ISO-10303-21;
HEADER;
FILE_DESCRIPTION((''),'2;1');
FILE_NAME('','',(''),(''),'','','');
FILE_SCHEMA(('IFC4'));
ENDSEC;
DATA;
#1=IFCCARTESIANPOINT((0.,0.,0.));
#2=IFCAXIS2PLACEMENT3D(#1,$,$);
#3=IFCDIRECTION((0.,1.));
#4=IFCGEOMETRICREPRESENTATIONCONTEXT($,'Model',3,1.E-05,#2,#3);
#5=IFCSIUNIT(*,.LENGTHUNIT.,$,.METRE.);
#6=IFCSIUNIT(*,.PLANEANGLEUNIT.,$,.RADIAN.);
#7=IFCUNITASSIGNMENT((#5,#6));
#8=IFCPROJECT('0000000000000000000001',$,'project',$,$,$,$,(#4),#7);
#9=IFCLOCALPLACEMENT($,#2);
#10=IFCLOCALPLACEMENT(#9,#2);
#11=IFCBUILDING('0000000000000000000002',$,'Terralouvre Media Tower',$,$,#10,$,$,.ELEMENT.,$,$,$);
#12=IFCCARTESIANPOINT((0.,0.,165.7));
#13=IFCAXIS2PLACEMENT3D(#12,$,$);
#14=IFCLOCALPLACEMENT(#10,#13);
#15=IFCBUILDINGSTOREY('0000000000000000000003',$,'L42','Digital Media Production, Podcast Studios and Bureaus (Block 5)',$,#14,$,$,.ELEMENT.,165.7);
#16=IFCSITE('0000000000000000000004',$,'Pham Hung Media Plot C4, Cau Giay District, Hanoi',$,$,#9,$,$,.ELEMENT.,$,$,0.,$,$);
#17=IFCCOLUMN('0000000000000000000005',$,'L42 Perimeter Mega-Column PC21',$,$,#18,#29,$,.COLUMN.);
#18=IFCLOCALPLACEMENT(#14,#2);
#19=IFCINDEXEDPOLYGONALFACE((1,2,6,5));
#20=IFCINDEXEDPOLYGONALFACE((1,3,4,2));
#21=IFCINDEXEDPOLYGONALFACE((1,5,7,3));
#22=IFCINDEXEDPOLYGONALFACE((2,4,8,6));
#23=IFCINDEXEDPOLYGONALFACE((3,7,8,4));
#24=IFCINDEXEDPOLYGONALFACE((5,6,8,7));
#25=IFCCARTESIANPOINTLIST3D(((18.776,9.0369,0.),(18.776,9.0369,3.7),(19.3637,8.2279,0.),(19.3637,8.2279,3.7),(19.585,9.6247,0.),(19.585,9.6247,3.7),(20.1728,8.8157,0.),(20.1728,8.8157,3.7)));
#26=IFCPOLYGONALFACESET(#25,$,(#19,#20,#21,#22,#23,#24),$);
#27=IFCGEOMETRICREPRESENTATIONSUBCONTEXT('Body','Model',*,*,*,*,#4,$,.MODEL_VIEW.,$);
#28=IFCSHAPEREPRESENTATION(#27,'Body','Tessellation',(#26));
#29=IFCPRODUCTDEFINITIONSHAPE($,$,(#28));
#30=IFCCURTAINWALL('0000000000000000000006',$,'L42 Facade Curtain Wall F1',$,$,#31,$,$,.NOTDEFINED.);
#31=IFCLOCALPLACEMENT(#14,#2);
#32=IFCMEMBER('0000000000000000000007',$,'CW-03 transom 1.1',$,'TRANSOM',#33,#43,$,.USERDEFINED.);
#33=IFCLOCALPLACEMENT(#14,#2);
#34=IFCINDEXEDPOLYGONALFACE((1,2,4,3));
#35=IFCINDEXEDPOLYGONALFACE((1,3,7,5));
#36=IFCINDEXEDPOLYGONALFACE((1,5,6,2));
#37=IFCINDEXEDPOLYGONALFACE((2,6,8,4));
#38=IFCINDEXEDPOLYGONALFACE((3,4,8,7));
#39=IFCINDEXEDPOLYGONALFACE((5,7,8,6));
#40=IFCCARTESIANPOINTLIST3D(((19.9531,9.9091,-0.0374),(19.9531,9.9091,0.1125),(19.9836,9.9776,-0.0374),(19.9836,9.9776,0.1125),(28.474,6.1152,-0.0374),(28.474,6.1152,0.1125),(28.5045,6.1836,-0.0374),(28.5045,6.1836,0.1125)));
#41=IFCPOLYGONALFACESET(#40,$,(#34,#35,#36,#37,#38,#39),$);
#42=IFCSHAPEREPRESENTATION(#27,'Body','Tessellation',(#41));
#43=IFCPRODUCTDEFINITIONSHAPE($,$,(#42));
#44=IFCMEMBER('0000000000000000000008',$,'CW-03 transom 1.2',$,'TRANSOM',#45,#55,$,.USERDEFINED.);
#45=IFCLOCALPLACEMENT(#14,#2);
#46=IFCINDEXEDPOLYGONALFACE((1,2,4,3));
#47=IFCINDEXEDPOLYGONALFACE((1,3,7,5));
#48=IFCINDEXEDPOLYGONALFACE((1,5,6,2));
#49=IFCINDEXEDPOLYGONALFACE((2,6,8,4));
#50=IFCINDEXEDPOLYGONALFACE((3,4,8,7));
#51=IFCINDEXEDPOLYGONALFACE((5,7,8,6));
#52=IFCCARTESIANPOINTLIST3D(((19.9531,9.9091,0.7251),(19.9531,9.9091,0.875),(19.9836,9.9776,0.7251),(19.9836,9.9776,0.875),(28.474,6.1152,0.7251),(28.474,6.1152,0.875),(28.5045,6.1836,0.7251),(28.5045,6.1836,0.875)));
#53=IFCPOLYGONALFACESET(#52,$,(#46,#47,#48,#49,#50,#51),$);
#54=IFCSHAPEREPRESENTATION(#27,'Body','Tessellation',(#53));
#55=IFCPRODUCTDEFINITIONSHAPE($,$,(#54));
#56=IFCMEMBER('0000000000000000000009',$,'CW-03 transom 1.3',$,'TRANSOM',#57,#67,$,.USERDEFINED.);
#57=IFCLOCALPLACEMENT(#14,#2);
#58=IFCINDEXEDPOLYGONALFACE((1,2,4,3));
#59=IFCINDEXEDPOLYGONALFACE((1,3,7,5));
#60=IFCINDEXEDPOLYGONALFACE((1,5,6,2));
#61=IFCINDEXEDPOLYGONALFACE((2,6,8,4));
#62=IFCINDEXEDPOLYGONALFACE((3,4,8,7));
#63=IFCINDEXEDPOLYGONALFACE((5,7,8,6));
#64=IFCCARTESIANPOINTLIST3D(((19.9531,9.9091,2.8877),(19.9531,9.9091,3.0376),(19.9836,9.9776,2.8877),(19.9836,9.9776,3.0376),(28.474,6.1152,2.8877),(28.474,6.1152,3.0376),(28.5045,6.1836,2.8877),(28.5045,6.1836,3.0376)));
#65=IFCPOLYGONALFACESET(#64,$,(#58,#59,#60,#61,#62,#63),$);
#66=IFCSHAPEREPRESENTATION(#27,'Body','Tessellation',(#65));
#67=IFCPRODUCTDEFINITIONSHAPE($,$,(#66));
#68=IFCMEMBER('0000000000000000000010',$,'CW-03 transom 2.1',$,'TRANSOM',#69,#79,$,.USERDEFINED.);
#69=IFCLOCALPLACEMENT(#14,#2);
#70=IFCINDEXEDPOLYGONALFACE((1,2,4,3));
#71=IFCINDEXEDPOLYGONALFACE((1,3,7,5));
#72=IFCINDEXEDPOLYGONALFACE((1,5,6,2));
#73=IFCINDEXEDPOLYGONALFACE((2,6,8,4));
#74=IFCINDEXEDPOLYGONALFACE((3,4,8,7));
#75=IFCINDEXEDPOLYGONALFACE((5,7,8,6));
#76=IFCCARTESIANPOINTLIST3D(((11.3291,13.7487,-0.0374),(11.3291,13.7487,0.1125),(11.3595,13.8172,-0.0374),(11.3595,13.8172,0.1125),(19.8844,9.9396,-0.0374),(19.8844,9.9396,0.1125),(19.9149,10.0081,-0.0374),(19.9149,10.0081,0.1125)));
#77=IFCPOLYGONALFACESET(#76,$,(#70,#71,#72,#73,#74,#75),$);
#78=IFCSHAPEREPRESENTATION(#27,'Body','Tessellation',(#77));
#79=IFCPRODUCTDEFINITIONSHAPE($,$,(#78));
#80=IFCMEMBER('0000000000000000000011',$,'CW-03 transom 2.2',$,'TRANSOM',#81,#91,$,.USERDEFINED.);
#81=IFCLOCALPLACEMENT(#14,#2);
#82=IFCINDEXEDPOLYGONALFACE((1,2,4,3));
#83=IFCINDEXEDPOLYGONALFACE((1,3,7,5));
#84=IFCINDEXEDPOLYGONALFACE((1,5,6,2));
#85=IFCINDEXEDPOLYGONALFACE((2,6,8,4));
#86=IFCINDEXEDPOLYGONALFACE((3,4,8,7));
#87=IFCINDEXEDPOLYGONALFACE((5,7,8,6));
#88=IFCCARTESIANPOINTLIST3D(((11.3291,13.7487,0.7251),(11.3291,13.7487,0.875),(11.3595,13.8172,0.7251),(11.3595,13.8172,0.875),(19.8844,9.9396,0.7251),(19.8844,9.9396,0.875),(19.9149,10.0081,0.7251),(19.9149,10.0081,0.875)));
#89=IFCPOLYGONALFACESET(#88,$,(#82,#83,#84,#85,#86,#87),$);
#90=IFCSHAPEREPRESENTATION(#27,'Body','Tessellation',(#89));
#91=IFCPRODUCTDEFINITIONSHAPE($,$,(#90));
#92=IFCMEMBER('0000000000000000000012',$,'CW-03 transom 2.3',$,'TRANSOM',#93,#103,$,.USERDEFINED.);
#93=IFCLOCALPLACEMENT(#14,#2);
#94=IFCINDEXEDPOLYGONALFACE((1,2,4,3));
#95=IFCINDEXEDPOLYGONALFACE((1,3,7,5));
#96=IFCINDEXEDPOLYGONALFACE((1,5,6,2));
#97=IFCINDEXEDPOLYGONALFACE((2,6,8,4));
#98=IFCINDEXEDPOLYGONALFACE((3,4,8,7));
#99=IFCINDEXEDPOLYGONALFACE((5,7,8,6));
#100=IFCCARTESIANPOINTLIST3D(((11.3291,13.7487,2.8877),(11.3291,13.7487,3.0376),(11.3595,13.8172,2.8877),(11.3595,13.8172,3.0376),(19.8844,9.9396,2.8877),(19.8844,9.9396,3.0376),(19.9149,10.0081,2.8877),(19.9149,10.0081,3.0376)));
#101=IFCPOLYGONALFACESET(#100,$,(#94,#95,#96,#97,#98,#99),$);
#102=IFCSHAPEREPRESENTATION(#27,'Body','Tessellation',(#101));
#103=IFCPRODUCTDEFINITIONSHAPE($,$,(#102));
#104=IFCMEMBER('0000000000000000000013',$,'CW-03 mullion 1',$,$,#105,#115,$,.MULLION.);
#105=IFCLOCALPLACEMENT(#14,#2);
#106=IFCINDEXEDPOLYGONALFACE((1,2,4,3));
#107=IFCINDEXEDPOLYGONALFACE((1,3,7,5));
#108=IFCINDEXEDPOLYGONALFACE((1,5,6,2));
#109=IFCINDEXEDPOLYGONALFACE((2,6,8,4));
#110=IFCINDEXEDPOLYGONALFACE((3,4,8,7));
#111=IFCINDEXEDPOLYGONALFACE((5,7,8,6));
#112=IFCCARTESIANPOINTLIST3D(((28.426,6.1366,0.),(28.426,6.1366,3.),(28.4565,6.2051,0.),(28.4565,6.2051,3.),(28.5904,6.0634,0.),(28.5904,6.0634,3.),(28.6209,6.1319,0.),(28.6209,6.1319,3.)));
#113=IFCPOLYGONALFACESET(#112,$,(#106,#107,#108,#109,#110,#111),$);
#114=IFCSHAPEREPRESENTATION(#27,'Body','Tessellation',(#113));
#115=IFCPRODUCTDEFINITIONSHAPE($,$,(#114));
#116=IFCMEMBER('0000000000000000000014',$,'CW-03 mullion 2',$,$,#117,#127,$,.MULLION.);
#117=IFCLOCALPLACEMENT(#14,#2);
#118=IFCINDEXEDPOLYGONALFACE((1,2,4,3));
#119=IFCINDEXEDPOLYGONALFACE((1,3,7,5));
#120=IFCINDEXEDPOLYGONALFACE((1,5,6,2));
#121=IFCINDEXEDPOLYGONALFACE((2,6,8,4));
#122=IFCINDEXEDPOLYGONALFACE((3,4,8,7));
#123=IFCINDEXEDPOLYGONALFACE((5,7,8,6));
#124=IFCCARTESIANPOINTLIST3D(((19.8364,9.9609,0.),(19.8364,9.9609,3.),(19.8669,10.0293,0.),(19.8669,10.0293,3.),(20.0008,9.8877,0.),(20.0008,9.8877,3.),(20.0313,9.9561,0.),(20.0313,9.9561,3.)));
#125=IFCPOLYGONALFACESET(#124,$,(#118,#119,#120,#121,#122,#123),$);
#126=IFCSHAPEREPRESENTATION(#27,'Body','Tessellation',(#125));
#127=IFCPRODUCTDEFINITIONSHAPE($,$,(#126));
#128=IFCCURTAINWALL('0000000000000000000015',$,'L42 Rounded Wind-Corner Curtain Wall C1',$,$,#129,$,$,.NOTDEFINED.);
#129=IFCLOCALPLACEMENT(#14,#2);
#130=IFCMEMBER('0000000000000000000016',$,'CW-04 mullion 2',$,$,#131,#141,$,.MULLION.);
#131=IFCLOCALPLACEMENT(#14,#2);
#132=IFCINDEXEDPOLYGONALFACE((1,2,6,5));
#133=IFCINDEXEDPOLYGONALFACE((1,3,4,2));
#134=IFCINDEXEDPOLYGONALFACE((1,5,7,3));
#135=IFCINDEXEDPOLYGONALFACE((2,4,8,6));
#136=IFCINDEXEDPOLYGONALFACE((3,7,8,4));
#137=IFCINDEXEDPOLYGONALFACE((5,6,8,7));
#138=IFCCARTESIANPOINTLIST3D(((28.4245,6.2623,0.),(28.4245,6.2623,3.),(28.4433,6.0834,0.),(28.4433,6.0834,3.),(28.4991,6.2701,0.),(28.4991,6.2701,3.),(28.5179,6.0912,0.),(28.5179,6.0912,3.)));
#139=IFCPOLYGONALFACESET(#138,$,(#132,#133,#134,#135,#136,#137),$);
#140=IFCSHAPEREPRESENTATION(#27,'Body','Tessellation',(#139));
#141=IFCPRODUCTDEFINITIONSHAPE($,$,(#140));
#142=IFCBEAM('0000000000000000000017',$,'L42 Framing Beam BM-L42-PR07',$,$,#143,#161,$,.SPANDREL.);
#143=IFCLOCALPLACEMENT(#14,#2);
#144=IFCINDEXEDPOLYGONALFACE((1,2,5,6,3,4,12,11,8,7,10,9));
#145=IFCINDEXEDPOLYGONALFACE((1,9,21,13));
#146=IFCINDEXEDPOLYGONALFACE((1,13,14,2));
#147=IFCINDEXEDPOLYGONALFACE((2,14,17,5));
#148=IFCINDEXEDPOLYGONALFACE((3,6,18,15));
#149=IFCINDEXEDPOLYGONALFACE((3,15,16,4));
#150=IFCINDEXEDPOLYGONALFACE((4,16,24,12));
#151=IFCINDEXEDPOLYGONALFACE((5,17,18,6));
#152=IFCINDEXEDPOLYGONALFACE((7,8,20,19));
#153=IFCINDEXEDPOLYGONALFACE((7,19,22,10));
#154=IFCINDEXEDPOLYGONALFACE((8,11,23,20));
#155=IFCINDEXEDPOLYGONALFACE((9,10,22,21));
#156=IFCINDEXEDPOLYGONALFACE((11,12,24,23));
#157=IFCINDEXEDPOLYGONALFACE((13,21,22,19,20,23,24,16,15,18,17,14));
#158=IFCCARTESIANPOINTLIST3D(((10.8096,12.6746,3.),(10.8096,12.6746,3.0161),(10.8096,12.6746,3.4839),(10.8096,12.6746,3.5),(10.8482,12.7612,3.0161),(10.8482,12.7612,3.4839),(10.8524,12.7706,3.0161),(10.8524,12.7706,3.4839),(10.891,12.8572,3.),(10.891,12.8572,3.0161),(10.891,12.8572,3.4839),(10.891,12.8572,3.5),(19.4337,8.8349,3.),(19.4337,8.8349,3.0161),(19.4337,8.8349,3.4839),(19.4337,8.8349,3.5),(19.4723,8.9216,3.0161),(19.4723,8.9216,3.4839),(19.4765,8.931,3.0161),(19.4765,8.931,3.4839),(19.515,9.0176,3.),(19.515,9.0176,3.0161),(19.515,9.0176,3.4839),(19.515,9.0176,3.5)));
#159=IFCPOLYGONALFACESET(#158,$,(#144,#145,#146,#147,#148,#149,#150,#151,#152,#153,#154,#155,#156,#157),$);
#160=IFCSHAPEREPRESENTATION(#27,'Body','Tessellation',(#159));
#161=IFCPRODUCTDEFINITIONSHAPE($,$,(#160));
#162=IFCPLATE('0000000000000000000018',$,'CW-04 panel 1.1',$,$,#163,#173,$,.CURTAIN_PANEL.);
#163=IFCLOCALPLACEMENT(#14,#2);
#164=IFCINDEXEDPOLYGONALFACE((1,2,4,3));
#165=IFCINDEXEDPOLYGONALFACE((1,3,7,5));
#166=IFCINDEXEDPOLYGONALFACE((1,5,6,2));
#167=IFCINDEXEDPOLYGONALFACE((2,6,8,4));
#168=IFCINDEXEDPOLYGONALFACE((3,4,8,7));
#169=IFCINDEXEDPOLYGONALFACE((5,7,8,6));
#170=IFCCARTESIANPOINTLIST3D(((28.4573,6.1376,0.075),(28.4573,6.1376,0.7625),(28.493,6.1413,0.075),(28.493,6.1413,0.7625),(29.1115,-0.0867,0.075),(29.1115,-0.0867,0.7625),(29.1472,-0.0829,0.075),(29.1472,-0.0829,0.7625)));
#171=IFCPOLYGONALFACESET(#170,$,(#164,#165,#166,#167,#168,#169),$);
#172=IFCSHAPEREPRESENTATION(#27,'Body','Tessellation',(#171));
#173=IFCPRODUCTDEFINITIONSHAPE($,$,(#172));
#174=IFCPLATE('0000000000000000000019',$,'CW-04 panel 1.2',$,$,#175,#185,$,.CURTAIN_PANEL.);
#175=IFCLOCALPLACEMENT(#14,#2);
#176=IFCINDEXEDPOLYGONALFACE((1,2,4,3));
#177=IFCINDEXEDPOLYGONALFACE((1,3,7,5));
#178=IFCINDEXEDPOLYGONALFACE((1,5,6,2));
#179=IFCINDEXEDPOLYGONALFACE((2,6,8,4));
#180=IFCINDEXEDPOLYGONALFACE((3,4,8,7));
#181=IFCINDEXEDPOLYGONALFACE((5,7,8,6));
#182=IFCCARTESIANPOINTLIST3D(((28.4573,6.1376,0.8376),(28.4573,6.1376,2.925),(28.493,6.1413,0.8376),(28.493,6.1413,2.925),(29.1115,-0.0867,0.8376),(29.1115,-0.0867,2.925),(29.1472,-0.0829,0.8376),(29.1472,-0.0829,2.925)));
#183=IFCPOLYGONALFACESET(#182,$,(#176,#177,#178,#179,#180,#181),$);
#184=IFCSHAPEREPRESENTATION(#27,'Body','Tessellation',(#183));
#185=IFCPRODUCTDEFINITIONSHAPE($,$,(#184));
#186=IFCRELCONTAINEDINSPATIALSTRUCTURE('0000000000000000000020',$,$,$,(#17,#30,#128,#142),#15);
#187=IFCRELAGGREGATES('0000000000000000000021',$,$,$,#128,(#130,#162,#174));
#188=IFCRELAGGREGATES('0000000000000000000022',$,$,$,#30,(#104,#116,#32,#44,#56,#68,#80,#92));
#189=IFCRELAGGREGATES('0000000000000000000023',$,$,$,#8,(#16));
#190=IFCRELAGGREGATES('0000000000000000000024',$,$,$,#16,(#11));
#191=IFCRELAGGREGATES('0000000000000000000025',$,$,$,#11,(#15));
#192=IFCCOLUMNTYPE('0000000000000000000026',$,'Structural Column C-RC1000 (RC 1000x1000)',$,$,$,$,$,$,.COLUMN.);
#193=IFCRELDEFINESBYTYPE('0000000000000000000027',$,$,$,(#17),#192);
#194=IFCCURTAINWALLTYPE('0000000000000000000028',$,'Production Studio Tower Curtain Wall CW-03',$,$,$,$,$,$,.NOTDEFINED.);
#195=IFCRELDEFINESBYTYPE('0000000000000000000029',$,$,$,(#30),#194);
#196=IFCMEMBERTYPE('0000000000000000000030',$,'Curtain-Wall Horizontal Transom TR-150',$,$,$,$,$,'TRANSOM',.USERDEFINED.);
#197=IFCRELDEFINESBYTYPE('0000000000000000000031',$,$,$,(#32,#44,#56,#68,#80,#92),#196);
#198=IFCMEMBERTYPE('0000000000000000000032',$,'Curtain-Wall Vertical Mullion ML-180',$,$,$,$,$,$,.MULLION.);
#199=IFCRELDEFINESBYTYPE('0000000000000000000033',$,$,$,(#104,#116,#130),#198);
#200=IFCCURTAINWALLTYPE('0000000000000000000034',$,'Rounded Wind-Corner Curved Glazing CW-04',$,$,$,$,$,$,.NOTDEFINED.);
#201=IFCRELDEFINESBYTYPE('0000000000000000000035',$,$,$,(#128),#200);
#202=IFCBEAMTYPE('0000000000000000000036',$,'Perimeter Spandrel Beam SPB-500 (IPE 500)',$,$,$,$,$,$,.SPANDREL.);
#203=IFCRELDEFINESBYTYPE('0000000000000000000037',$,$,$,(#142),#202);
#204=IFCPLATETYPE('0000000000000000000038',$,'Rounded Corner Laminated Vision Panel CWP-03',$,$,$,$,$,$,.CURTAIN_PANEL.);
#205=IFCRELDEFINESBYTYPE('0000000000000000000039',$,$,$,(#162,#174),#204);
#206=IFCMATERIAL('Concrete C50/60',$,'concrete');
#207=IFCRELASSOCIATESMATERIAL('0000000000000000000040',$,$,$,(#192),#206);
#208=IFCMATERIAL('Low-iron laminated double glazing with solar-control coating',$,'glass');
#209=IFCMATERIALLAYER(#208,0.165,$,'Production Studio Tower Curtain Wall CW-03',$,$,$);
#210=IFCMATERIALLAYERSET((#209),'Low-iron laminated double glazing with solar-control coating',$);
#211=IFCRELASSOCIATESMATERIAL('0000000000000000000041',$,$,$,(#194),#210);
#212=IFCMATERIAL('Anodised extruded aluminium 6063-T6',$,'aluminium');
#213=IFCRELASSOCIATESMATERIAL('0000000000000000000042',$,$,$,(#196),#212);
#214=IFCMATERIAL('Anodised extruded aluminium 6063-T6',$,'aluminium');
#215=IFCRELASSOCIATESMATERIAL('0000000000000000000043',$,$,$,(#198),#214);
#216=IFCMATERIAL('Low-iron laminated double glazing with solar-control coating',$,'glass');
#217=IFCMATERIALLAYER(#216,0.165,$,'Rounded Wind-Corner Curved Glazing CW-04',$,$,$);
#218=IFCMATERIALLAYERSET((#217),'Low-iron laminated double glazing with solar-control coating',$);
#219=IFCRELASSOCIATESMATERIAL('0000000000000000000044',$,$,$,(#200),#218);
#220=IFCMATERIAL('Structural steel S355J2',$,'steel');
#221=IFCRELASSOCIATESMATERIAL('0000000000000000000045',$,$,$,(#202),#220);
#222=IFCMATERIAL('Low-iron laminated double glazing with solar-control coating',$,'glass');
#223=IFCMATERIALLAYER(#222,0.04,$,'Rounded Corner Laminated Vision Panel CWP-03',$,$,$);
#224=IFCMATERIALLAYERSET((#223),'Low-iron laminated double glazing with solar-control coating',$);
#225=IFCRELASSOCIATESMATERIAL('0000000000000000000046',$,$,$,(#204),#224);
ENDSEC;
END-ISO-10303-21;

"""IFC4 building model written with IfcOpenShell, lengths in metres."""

from ifc_helpers import new_model, si_unit, direction, frame, origin, origin_2d, place, context, subcontext, project, spatial, rectangle, i_section, extrude, material, layer, layer_set, material_profile, profile_set, type_object, element, aggregate, save


model = new_model("IFC4")

# Units and contexts
model_context = context("Model", 3, precision=1e-05, world=origin(), true_north=direction((0.0, 1.0)))
body_context = subcontext(model_context, "Body", "Model", "MODEL_VIEW")
ifc_project = project(units=[si_unit("LENGTHUNIT", "METRE"), si_unit("PLANEANGLEUNIT", "RADIAN")], contexts=[model_context])

# Site, building, storey
site_placement = place(None, origin())
site = spatial("IfcSite", under=ifc_project, at=site_placement, Name="Pham Hung Media Plot C4, Cau Giay District, Hanoi", CompositionType="ELEMENT", RefElevation=0.0)
building_placement = place(site_placement, origin())
building = spatial("IfcBuilding", under=site, at=building_placement, Name="Terralouvre Media Tower", CompositionType="ELEMENT")
storey_placement = place(building_placement, frame((0.0, 0.0, 165.7)))
storey = spatial("IfcBuildingStorey", under=building, at=storey_placement, Name="L42", Description="Digital Media Production, Podcast Studios and Bureaus (Block 5)", CompositionType="ELEMENT", Elevation=165.7)

# Column
ifc_material_1 = material(Name="Concrete C50/60", Category="concrete")
ifc_material_profile_1 = material_profile(ifc_material_1, rectangle(XDim=1.0, YDim=1.0, at=origin_2d()), Name="RC 1000x1000")
ifc_profile_set_1 = profile_set([ifc_material_profile_1], Name="Concrete C50/60")
column_type = type_object("IfcColumnType", Name="Structural Column C-RC1000 (RC 1000x1000)", PredefinedType="COLUMN", material=ifc_profile_set_1)
column_placement = place(storey_placement, frame((19.4744, 8.9263, 0.0), z_axis=(0.0, 0.0, 1.0), x_axis=(0.809017, 0.587785, 0.0)))
element("IfcColumn", 1, at=column_placement, inside=storey, type_object=column_type, Name="L42 Perimeter Mega-Column PC21", PredefinedType="COLUMN", context=body_context, shape_type="SweptSolid", body=[
    extrude(rectangle(XDim=1.0, YDim=1.0, at=origin_2d()), origin(), (0.0, 0.0, 1.0), 3.7),
])

# Curtain wall, members
ifc_material_2 = material(Name="Low-iron laminated double glazing with solar-control coating", Category="glass")
ifc_layer_1 = layer(ifc_material_2, 0.165, Name="Production Studio Tower Curtain Wall CW-03")
ifc_layer_set_1 = layer_set([ifc_layer_1], Name="Low-iron laminated double glazing with solar-control coating")
curtain_wall_type_1 = type_object("IfcCurtainWallType", Name="Production Studio Tower Curtain Wall CW-03", PredefinedType="NOTDEFINED", material=ifc_layer_set_1)
curtain_wall_1_placement = place(storey_placement, origin())
curtain_wall_1 = element("IfcCurtainWall", 2, at=curtain_wall_1_placement, inside=storey, type_object=curtain_wall_type_1, Name="L42 Facade Curtain Wall F1", PredefinedType="NOTDEFINED")
ifc_material_3 = material(Name="Anodised extruded aluminium 6063-T6", Category="aluminium")
ifc_material_profile_2 = material_profile(ifc_material_3, rectangle(XDim=0.075, YDim=0.1499, at=origin_2d()), Name="ALU 75x150")
ifc_profile_set_2 = profile_set([ifc_material_profile_2], Name="Anodised extruded aluminium 6063-T6")
member_type_1 = type_object("IfcMemberType", Name="Curtain-Wall Horizontal Transom TR-150", ElementType="TRANSOM", PredefinedType="USERDEFINED", material=ifc_profile_set_2)
member_1_placement = place(storey_placement, frame((28.4893, 6.1494, 0.0376), z_axis=(-0.913539, 0.40675, 0.0), x_axis=(-0.40675, -0.913539, 0.0)))
member_1 = element("IfcMember", 3, at=member_1_placement, type_object=member_type_1, Name="CW-03 transom 1.1", ObjectType="TRANSOM", PredefinedType="USERDEFINED", context=body_context, shape_type="SweptSolid", body=[
    extrude(rectangle(XDim=0.075, YDim=0.1499, at=origin_2d()), origin(), (0.0, 0.0, 1.0), 9.3274),
])
member_2_placement = place(storey_placement, frame((28.4893, 6.1494, 0.8), z_axis=(-0.913539, 0.40675, 0.0), x_axis=(-0.40675, -0.913539, 0.0)))
member_2 = element("IfcMember", 4, at=member_2_placement, type_object=member_type_1, Name="CW-03 transom 1.2", ObjectType="TRANSOM", PredefinedType="USERDEFINED", context=body_context, shape_type="SweptSolid", body=[
    extrude(rectangle(XDim=0.075, YDim=0.1499, at=origin_2d()), origin(), (0.0, 0.0, 1.0), 9.3274),
])
member_3_placement = place(storey_placement, frame((28.4893, 6.1494, 2.9626), z_axis=(-0.913539, 0.40675, 0.0), x_axis=(-0.40675, -0.913539, 0.0)))
member_3 = element("IfcMember", 5, at=member_3_placement, type_object=member_type_1, Name="CW-03 transom 1.3", ObjectType="TRANSOM", PredefinedType="USERDEFINED", context=body_context, shape_type="SweptSolid", body=[
    extrude(rectangle(XDim=0.075, YDim=0.1499, at=origin_2d()), origin(), (0.0, 0.0, 1.0), 9.3274),
])
member_4_placement = place(storey_placement, frame((19.8997, 9.9739, 0.0376), z_axis=(-0.913547, 0.406733, 0.0), x_axis=(-0.406733, -0.913547, 0.0)))
member_4 = element("IfcMember", 6, at=member_4_placement, type_object=member_type_1, Name="CW-03 transom 2.1", ObjectType="TRANSOM", PredefinedType="USERDEFINED", context=body_context, shape_type="SweptSolid", body=[
    extrude(rectangle(XDim=0.075, YDim=0.1499, at=origin_2d()), origin(), (0.0, 0.0, 1.0), 9.365),
])
member_5_placement = place(storey_placement, frame((19.8997, 9.9739, 0.8), z_axis=(-0.913547, 0.406733, 0.0), x_axis=(-0.406733, -0.913547, 0.0)))
member_5 = element("IfcMember", 7, at=member_5_placement, type_object=member_type_1, Name="CW-03 transom 2.2", ObjectType="TRANSOM", PredefinedType="USERDEFINED", context=body_context, shape_type="SweptSolid", body=[
    extrude(rectangle(XDim=0.075, YDim=0.1499, at=origin_2d()), origin(), (0.0, 0.0, 1.0), 9.365),
])
member_6_placement = place(storey_placement, frame((19.8997, 9.9739, 2.9626), z_axis=(-0.913547, 0.406733, 0.0), x_axis=(-0.406733, -0.913547, 0.0)))
member_6 = element("IfcMember", 8, at=member_6_placement, type_object=member_type_1, Name="CW-03 transom 2.3", ObjectType="TRANSOM", PredefinedType="USERDEFINED", context=body_context, shape_type="SweptSolid", body=[
    extrude(rectangle(XDim=0.075, YDim=0.1499, at=origin_2d()), origin(), (0.0, 0.0, 1.0), 9.365),
])
ifc_material_4 = material(Name="Anodised extruded aluminium 6063-T6", Category="aluminium")
ifc_material_profile_3 = material_profile(ifc_material_4, rectangle(XDim=0.075, YDim=0.1799, at=origin_2d()), Name="ALU 75x180")
ifc_profile_set_3 = profile_set([ifc_material_profile_3], Name="Anodised extruded aluminium 6063-T6")
member_type_2 = type_object("IfcMemberType", Name="Curtain-Wall Vertical Mullion ML-180", PredefinedType="MULLION", material=ifc_profile_set_3)
member_7_placement = place(storey_placement, frame((28.5234, 6.1343, 0.0), z_axis=(0.0, 0.0, 1.0), x_axis=(-0.406737, -0.913545, 0.0)))
member_7 = element("IfcMember", 9, at=member_7_placement, type_object=member_type_2, Name="CW-03 mullion 1", PredefinedType="MULLION", context=body_context, shape_type="SweptSolid", body=[
    extrude(rectangle(XDim=0.075, YDim=0.1799, at=origin_2d()), origin(), (0.0, 0.0, 1.0), 3.0),
])
member_8_placement = place(storey_placement, frame((19.9338, 9.9585, 0.0), z_axis=(0.0, 0.0, 1.0), x_axis=(-0.406737, -0.913545, 0.0)))
member_8 = element("IfcMember", 10, at=member_8_placement, type_object=member_type_2, Name="CW-03 mullion 2", PredefinedType="MULLION", context=body_context, shape_type="SweptSolid", body=[
    extrude(rectangle(XDim=0.075, YDim=0.1799, at=origin_2d()), origin(), (0.0, 0.0, 1.0), 3.0),
])

# Curtain wall, member
ifc_material_5 = material(Name="Low-iron laminated double glazing with solar-control coating", Category="glass")
ifc_layer_2 = layer(ifc_material_5, 0.165, Name="Rounded Wind-Corner Curved Glazing CW-04")
ifc_layer_set_2 = layer_set([ifc_layer_2], Name="Low-iron laminated double glazing with solar-control coating")
curtain_wall_type_2 = type_object("IfcCurtainWallType", Name="Rounded Wind-Corner Curved Glazing CW-04", PredefinedType="NOTDEFINED", material=ifc_layer_set_2)
curtain_wall_2_placement = place(storey_placement, origin())
curtain_wall_2 = element("IfcCurtainWall", 11, at=curtain_wall_2_placement, inside=storey, type_object=curtain_wall_type_2, Name="L42 Rounded Wind-Corner Curtain Wall C1", PredefinedType="NOTDEFINED")
member_9_placement = place(storey_placement, frame((28.4712, 6.1768, 0.0), z_axis=(0.0, 0.0, 1.0), x_axis=(-0.994522, -0.104529, 0.0)))
member_9 = element("IfcMember", 12, at=member_9_placement, type_object=member_type_2, Name="CW-04 mullion 2", PredefinedType="MULLION", context=body_context, shape_type="SweptSolid", body=[
    extrude(rectangle(XDim=0.075, YDim=0.1799, at=origin_2d()), origin(), (0.0, 0.0, 1.0), 3.0),
])

# Beam
ifc_material_6 = material(Name="Structural steel S355J2", Category="steel")
ifc_material_profile_4 = material_profile(ifc_material_6, i_section(OverallWidth=0.2, OverallDepth=0.5, WebThickness=0.0103, FlangeThickness=0.0161, at=origin_2d()), Name="IPE 500")
ifc_profile_set_4 = profile_set([ifc_material_profile_4], Name="Structural steel S355J2")
beam_type = type_object("IfcBeamType", Name="Perimeter Spandrel Beam SPB-500 (IPE 500)", PredefinedType="SPANDREL", material=ifc_profile_set_4)
beam_placement = place(storey_placement, frame((19.4744, 8.9263, 3.25), z_axis=(-0.913548, 0.406731, 0.0), x_axis=(-0.406731, -0.913548, 0.0)))
element("IfcBeam", 13, at=beam_placement, inside=storey, type_object=beam_type, Name="L42 Framing Beam BM-L42-PR07", PredefinedType="SPANDREL", context=body_context, shape_type="SweptSolid", body=[
    extrude(i_section(OverallWidth=0.2, OverallDepth=0.5, WebThickness=0.0103, FlangeThickness=0.0161, at=origin_2d()), origin(), (0.0, 0.0, 1.0), 9.4402),
])

# Plates
ifc_material_7 = material(Name="Low-iron laminated double glazing with solar-control coating", Category="glass")
ifc_layer_3 = layer(ifc_material_7, 0.04, Name="Rounded Corner Laminated Vision Panel CWP-03")
ifc_layer_set_3 = layer_set([ifc_layer_3], Name="Low-iron laminated double glazing with solar-control coating")
plate_type_1 = type_object("IfcPlateType", Name="Rounded Corner Laminated Vision Panel CWP-03", PredefinedType="CURTAIN_PANEL", material=ifc_layer_set_3)
plate_1_placement = place(storey_placement, frame((28.8022, 3.0273, 0.075), z_axis=(0.0, 0.0, 1.0), x_axis=(-0.104529, 0.994522, 0.0)))
plate_1 = element("IfcPlate", 14, at=plate_1_placement, type_object=plate_type_1, Name="CW-04 panel 1.1", PredefinedType="CURTAIN_PANEL", context=body_context, shape_type="SweptSolid", body=[
    extrude(rectangle(XDim=6.2585, YDim=0.0359, at=origin_2d()), origin(), (0.0, 0.0, 1.0), 0.6875),
])
plate_2_placement = place(storey_placement, frame((28.8022, 3.0273, 0.8376), z_axis=(0.0, 0.0, 1.0), x_axis=(-0.104529, 0.994522, 0.0)))
plate_2 = element("IfcPlate", 15, at=plate_2_placement, type_object=plate_type_1, Name="CW-04 panel 1.2", PredefinedType="CURTAIN_PANEL", context=body_context, shape_type="SweptSolid", body=[
    extrude(rectangle(XDim=6.2585, YDim=0.0359, at=origin_2d()), origin(), (0.0, 0.0, 1.0), 2.0874),
])
aggregate(curtain_wall_2, [member_9, plate_1, plate_2])
aggregate(curtain_wall_1, [member_7, member_8, member_1, member_2, member_3, member_4, member_5, member_6])

save(model, "model.ifc")
